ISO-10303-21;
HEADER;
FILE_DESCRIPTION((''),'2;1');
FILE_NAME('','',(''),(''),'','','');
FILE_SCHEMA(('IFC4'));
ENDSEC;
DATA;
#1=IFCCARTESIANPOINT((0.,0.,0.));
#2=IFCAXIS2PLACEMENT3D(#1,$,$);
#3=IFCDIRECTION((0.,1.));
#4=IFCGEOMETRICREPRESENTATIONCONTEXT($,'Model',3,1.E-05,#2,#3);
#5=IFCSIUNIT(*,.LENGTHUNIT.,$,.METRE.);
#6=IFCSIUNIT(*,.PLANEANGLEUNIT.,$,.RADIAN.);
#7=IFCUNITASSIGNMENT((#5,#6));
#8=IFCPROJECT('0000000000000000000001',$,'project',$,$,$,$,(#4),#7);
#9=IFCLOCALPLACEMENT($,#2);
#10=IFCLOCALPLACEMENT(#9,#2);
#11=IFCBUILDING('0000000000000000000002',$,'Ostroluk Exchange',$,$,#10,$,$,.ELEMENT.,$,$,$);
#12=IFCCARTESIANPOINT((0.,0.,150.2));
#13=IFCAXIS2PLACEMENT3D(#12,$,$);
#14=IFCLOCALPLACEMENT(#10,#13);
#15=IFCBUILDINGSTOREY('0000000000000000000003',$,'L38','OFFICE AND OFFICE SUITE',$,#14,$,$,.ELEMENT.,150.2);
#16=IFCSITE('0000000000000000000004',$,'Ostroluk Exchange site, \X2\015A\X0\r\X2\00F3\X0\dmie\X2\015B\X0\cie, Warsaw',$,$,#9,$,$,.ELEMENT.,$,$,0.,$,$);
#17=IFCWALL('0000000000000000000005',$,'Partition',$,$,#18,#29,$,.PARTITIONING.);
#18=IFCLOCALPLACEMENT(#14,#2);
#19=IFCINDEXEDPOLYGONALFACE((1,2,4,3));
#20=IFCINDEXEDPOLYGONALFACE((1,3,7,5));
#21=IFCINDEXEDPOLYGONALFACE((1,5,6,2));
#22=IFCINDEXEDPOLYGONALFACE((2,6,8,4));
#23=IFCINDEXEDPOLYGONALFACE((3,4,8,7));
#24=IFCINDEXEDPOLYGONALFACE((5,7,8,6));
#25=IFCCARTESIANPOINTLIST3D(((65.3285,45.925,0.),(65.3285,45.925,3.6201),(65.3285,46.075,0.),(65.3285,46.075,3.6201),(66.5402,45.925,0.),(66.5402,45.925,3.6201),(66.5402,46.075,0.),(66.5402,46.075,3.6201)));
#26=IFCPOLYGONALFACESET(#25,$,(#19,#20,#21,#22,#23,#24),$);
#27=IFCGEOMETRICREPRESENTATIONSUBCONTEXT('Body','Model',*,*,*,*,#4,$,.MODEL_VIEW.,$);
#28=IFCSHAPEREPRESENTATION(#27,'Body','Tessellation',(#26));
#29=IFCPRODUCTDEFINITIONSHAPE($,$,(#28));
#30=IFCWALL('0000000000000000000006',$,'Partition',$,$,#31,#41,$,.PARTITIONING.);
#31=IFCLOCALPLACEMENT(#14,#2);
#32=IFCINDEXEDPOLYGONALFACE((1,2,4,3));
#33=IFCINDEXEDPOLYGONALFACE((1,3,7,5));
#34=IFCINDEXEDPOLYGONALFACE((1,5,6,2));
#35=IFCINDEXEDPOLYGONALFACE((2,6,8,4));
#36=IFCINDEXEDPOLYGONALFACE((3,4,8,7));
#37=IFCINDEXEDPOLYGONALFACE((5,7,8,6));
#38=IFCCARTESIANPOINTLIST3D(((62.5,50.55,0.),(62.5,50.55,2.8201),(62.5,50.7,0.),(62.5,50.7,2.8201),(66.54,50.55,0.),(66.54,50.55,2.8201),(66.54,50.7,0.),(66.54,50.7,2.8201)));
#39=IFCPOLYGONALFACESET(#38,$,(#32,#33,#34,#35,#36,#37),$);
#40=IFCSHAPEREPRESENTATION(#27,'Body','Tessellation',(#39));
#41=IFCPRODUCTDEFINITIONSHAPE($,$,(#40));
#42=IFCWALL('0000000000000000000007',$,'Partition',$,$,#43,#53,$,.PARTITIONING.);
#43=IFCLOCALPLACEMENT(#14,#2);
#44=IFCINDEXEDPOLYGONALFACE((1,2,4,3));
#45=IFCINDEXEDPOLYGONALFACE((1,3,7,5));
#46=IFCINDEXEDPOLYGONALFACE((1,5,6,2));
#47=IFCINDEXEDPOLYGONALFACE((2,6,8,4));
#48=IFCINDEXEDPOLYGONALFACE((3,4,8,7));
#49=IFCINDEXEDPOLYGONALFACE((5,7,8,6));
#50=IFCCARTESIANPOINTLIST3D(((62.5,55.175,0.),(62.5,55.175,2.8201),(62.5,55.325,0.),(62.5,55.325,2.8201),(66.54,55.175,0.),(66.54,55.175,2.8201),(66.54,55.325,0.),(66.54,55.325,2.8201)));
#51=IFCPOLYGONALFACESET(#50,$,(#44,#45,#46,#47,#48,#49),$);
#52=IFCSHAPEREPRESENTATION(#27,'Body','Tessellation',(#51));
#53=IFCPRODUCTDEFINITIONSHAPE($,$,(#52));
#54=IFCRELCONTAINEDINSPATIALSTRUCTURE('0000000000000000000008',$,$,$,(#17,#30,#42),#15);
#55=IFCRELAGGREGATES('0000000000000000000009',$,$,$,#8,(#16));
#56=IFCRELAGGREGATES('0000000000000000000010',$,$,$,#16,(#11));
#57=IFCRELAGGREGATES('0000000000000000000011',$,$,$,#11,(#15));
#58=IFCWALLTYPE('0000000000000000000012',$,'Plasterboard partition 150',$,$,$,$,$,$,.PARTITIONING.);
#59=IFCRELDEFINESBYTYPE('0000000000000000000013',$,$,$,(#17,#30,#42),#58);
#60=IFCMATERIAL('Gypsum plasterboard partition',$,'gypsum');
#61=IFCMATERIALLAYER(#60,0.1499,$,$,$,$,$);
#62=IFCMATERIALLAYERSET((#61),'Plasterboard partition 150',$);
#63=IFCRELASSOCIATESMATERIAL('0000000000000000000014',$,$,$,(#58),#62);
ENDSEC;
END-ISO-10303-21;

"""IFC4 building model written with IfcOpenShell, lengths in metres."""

from ifc_helpers import new_model, si_unit, direction, frame, frame_2d, origin, place, context, subcontext, project, spatial, rectangle, extrude, material, layer, layer_set, type_object, element, save


model = new_model("IFC4")

# Units and contexts
model_context = context("Model", 3, precision=1e-05, world=origin(), true_north=direction((0.0, 1.0)))
body_context = subcontext(model_context, "Body", "Model", "MODEL_VIEW")
ifc_project = project(units=[si_unit("LENGTHUNIT", "METRE"), si_unit("PLANEANGLEUNIT", "RADIAN")], contexts=[model_context])

# Site, building, storey
site_placement = place(None, origin())
site = spatial("IfcSite", under=ifc_project, at=site_placement, Name="Ostroluk Exchange site, Śródmieście, Warsaw", CompositionType="ELEMENT", RefElevation=0.0)
building_placement = place(site_placement, origin())
building = spatial("IfcBuilding", under=site, at=building_placement, Name="Ostroluk Exchange", CompositionType="ELEMENT")
storey_placement = place(building_placement, frame((0.0, 0.0, 150.2)))
storey = spatial("IfcBuildingStorey", under=building, at=storey_placement, Name="L38", Description="OFFICE AND OFFICE SUITE", CompositionType="ELEMENT", Elevation=150.2)

# Shared definitions
ifc_material_1 = material(Name="Gypsum plasterboard partition", Category="gypsum")
ifc_layer_1 = layer(ifc_material_1, 0.1499)
ifc_layer_set_1 = layer_set([ifc_layer_1], Name="Plasterboard partition 150")
wall_type = type_object("IfcWallType", Name="Plasterboard partition 150", PredefinedType="PARTITIONING", material=ifc_layer_set_1)

# Walls
wall_1_placement = place(storey_placement, frame((65.3284, 46.0, 0.0), z_axis=(0.0, 0.0, 1.0), x_axis=(1.0, 0.0, 0.0)))
element("IfcWall", 1, at=wall_1_placement, inside=storey, type_object=wall_type, Name="Partition", PredefinedType="PARTITIONING", context=body_context, shape_type="SweptSolid", body=[
    extrude(rectangle(XDim=1.2117, YDim=0.1499, at=frame_2d((0.606, 0.0))), origin(), (0.0, 0.0, 1.0), 3.6201),
])
for number, where, z_axis, x_axis, name in (
    (2, (62.5, 50.625, 0.0), (0.0, 0.0, 1.0), (1.0, 0.0, 0.0), "Partition"),
    (3, (62.5, 55.25, 0.0), (0.0, 0.0, 1.0), (1.0, 0.0, 0.0), "Partition"),
):
    element("IfcWall", number, at=place(storey_placement, frame(where, z_axis=z_axis, x_axis=x_axis)), inside=storey, type_object=wall_type, Name=name, PredefinedType="PARTITIONING", context=body_context, shape_type="SweptSolid", body=[
        extrude(rectangle(XDim=4.04, YDim=0.1499, at=frame_2d((2.02, 0.0))), origin(), (0.0, 0.0, 1.0), 2.8201),
    ])

save(model, "model.ifc")
